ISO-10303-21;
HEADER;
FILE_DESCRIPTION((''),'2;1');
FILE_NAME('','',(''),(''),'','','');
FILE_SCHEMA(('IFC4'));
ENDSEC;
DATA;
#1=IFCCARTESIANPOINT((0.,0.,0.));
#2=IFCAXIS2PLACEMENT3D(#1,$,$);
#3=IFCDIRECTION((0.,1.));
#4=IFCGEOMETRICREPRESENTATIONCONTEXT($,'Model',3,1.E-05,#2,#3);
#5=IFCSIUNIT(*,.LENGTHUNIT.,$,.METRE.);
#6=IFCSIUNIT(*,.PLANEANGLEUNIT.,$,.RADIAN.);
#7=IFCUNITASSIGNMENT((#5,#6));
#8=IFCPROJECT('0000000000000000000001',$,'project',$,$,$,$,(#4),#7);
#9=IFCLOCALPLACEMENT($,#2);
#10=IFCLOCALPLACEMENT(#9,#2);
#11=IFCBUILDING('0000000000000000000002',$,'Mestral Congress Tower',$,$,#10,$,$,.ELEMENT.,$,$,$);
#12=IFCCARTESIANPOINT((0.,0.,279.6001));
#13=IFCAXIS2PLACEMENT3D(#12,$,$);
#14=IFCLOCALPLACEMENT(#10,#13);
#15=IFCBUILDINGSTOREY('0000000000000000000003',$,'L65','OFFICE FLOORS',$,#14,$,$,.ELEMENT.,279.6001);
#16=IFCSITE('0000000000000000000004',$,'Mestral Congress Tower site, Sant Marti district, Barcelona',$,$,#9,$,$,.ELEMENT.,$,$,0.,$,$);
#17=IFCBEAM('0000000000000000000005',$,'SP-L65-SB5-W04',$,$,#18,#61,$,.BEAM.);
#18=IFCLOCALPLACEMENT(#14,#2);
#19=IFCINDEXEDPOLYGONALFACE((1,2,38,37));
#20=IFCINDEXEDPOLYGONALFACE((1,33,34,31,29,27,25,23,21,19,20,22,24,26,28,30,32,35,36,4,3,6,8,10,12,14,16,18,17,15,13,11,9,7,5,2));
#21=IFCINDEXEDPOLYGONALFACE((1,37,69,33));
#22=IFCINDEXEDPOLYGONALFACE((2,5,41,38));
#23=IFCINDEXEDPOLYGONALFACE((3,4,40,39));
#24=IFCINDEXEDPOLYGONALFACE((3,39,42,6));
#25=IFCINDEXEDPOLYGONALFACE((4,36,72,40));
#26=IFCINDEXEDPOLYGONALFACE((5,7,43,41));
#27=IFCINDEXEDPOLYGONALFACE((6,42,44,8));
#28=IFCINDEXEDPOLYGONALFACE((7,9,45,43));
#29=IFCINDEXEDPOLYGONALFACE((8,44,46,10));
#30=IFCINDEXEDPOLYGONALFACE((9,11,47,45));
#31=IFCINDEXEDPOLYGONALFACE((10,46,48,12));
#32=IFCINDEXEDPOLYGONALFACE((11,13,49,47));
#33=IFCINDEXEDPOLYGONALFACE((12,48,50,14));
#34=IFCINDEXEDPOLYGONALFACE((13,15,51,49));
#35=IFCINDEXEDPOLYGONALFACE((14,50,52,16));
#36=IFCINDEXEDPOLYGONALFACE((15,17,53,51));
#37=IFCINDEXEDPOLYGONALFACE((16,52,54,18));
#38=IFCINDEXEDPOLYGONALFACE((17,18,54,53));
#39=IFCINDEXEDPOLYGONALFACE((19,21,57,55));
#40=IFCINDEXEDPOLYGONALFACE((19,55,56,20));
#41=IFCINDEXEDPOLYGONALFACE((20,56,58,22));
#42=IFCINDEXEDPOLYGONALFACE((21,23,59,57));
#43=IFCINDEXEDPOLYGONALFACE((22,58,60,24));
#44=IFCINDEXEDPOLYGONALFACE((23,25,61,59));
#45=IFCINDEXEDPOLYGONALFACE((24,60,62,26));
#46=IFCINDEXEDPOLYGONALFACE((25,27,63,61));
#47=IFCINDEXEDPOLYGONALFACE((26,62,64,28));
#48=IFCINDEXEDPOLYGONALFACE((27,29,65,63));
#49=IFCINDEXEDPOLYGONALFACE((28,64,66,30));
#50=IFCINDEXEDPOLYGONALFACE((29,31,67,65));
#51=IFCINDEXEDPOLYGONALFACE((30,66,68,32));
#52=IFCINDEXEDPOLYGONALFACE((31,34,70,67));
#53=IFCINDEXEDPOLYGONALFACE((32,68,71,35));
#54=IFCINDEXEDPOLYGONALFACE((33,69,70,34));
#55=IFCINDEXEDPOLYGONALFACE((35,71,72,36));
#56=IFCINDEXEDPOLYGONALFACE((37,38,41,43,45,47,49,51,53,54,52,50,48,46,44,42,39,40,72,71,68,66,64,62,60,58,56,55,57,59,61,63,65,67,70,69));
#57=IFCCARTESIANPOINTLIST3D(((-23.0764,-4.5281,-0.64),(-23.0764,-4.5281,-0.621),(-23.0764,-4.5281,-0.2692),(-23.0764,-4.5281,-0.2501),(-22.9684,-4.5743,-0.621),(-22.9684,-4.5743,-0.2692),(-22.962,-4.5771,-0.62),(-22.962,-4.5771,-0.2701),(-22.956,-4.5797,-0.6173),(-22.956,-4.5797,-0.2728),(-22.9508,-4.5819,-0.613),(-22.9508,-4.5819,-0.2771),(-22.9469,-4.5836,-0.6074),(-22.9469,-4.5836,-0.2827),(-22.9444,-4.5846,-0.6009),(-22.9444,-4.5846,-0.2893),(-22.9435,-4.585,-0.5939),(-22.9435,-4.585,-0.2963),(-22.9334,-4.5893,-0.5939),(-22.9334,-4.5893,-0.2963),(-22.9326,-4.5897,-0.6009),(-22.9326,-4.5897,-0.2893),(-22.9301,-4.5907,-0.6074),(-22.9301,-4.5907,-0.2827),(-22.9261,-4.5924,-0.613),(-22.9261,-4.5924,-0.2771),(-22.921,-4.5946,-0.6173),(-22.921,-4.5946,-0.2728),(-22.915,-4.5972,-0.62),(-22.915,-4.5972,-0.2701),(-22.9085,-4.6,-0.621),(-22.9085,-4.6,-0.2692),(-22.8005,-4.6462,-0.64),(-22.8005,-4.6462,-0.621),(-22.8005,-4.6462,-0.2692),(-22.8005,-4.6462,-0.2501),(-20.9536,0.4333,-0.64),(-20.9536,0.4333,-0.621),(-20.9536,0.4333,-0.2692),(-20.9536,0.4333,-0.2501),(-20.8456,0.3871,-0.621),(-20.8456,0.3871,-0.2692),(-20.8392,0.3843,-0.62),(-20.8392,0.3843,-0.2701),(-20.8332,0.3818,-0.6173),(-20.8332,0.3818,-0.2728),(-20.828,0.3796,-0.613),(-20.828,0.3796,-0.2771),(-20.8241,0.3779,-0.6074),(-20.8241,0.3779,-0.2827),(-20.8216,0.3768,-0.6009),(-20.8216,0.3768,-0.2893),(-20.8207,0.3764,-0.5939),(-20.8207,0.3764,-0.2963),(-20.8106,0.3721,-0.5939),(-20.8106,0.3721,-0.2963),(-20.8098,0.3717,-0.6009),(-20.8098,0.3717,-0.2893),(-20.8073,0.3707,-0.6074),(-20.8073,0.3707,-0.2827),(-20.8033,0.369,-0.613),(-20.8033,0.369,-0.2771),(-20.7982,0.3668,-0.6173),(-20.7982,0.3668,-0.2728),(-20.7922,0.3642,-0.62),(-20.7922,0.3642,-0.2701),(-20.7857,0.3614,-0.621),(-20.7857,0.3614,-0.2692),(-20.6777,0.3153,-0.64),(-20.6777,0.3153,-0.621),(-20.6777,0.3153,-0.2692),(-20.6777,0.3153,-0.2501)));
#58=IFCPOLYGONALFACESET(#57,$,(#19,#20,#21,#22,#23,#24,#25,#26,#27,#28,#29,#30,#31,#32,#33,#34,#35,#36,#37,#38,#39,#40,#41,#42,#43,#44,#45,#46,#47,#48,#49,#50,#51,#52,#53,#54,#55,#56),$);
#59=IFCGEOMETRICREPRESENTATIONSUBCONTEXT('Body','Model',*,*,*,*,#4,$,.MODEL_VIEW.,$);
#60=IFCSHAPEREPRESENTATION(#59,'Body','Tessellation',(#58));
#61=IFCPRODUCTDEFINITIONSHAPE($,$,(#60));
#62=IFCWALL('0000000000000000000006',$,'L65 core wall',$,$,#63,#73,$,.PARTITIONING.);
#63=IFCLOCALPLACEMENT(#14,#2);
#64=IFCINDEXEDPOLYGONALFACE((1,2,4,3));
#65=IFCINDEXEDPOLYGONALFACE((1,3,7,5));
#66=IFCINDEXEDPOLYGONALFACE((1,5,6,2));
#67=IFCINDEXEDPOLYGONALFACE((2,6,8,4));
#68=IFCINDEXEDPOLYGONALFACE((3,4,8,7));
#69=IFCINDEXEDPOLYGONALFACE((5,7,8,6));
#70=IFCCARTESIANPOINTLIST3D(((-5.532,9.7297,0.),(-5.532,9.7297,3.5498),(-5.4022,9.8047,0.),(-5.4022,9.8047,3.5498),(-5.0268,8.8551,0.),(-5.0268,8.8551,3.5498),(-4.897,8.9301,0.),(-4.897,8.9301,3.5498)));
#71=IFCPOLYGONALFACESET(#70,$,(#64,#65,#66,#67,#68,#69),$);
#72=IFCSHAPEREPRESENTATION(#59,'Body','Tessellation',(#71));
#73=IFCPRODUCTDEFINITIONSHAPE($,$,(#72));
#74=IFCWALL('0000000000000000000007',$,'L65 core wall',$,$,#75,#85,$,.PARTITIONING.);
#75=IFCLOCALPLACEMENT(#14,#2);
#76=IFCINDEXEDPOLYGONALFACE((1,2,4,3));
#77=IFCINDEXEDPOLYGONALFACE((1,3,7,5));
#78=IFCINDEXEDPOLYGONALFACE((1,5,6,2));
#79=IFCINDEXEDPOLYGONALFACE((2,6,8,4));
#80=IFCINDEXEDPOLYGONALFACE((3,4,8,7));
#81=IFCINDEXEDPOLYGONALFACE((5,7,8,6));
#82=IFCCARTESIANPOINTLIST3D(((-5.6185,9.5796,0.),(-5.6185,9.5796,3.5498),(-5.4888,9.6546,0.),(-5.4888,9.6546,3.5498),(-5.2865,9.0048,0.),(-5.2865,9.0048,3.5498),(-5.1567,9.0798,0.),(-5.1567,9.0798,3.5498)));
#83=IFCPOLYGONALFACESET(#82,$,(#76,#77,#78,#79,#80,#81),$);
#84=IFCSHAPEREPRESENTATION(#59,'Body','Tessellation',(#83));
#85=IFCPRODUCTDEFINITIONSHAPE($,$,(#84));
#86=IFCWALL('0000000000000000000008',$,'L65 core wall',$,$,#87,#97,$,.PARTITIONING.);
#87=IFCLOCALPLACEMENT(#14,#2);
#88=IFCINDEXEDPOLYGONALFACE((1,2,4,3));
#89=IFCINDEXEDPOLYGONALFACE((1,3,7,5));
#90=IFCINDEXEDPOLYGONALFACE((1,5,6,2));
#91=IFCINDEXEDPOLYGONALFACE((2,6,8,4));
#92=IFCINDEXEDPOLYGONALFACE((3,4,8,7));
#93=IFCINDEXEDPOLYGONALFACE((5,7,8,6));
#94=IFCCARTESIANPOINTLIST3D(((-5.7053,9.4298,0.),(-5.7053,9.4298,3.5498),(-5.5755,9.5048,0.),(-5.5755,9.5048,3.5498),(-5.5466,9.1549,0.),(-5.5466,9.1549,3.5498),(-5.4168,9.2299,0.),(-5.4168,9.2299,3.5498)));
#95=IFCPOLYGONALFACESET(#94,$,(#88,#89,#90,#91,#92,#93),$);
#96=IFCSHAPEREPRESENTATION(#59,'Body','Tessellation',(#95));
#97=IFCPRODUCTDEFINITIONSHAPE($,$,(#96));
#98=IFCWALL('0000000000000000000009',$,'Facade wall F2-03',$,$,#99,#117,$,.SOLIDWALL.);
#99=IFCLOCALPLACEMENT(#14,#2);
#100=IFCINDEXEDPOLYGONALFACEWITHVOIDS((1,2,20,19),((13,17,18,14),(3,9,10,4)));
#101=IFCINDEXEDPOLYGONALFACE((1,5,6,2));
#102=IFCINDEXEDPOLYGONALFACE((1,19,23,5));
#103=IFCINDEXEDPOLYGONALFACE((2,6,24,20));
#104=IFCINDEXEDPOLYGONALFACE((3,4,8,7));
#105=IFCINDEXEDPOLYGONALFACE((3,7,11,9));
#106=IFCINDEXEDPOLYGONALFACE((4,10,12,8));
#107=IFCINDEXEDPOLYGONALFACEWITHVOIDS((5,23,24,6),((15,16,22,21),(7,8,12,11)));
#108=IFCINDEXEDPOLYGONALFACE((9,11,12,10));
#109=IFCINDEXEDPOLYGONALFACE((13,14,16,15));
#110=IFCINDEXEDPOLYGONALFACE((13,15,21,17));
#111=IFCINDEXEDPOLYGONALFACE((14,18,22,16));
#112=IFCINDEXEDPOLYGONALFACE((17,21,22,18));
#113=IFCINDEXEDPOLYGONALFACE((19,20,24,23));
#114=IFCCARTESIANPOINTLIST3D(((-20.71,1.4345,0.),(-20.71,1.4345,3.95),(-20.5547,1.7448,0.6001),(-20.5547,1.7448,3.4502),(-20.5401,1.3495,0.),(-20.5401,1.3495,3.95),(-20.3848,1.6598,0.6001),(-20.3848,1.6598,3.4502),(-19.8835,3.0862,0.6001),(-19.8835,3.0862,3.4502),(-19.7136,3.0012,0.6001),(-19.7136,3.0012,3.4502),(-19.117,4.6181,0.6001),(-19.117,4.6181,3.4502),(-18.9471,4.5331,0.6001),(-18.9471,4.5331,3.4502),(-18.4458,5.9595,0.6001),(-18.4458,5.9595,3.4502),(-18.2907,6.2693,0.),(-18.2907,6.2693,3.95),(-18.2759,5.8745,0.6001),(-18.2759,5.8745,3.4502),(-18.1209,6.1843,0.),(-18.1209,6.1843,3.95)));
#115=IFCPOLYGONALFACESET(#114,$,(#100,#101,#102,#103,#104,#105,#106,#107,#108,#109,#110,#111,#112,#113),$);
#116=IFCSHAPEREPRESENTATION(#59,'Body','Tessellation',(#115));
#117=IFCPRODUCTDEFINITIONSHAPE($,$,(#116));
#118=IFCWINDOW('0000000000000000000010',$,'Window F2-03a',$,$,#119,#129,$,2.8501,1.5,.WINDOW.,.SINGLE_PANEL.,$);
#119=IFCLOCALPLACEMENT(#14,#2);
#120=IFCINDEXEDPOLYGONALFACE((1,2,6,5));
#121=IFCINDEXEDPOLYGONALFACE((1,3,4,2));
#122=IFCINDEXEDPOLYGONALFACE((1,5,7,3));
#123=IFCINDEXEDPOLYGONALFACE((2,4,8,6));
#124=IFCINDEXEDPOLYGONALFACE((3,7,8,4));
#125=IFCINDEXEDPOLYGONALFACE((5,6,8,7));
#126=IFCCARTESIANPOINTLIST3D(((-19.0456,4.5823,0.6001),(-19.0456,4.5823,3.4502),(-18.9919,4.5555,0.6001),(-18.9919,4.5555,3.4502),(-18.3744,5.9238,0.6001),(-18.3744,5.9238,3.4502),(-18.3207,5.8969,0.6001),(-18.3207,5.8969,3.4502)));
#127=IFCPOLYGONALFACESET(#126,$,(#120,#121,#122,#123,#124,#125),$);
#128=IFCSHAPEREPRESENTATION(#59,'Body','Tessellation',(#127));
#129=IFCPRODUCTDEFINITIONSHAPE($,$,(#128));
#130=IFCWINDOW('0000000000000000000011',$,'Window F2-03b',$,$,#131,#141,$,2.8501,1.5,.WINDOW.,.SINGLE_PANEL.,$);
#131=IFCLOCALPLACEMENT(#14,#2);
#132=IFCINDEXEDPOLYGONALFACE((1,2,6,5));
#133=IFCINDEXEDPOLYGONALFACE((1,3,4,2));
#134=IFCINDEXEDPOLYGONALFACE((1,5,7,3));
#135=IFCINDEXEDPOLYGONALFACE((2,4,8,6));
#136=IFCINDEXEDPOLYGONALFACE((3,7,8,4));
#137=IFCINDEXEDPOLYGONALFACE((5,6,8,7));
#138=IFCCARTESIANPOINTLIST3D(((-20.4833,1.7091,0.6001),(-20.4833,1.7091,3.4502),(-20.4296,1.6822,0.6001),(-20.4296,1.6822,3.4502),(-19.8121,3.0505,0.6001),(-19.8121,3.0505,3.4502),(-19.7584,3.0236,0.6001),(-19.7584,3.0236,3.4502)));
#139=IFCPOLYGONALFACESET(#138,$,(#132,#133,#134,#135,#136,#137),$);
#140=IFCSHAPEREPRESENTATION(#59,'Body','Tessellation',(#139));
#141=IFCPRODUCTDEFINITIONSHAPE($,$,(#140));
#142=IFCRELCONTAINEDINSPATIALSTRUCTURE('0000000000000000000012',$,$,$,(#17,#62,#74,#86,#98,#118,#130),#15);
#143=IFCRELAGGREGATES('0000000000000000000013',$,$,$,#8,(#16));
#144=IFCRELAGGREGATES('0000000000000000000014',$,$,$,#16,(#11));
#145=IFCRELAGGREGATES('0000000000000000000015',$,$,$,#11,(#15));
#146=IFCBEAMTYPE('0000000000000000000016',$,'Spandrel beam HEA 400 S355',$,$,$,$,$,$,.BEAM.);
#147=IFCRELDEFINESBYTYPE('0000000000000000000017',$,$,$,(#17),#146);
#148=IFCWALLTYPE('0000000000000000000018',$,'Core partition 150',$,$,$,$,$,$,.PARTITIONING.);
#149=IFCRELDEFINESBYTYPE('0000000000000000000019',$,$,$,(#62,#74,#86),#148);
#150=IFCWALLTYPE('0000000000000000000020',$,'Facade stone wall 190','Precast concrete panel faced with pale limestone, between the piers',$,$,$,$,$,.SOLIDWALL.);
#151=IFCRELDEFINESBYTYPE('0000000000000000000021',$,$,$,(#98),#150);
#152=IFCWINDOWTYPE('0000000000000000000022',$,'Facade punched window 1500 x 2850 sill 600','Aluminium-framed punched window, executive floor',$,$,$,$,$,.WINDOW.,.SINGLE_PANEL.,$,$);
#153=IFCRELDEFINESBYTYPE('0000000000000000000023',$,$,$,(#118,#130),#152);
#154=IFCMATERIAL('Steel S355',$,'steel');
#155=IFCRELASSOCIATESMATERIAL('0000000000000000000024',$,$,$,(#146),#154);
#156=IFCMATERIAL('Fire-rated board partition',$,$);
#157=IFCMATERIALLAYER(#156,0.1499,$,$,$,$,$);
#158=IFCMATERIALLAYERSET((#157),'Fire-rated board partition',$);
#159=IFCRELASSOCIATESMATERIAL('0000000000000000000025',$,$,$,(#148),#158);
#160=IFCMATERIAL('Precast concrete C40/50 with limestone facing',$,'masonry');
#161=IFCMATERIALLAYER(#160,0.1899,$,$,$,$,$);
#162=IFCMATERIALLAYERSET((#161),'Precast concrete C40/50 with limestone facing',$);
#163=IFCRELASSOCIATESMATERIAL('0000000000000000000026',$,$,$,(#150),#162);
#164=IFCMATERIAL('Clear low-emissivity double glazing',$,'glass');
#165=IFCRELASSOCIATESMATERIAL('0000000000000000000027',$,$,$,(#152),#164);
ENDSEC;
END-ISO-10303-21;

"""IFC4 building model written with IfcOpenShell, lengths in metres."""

from ifc_helpers import new_model, si_unit, direction, frame, frame_2d, origin, origin_2d, place, context, subcontext, project, spatial, rectangle, i_section, extrude, material, layer, layer_set, material_profile, profile_set, type_object, element, fill, save


model = new_model("IFC4")

# Units and contexts
model_context = context("Model", 3, precision=1e-05, world=origin(), true_north=direction((0.0, 1.0)))
body_context = subcontext(model_context, "Body", "Model", "MODEL_VIEW")
ifc_project = project(units=[si_unit("LENGTHUNIT", "METRE"), si_unit("PLANEANGLEUNIT", "RADIAN")], contexts=[model_context])

# Site, building, storey
site_placement = place(None, origin())
site = spatial("IfcSite", under=ifc_project, at=site_placement, Name="Mestral Congress Tower site, Sant Marti district, Barcelona", CompositionType="ELEMENT", RefElevation=0.0)
building_placement = place(site_placement, origin())
building = spatial("IfcBuilding", under=site, at=building_placement, Name="Mestral Congress Tower", CompositionType="ELEMENT")
storey_placement = place(building_placement, frame((0.0, 0.0, 279.6001)))
storey = spatial("IfcBuildingStorey", under=building, at=storey_placement, Name="L65", Description="OFFICE FLOORS", CompositionType="ELEMENT", Elevation=279.6001)

# Beam
ifc_material_1 = material(Name="Steel S355", Category="steel")
ifc_material_profile_1 = material_profile(ifc_material_1, i_section(OverallWidth=0.3, OverallDepth=0.3899, WebThickness=0.011, FlangeThickness=0.019, FilletRadius=0.0271, at=origin_2d()), Name="HEA 400")
ifc_profile_set_1 = profile_set([ifc_material_profile_1], Name="Steel S355")
beam_type_1 = type_object("IfcBeamType", Name="Spandrel beam HEA 400 S355", PredefinedType="BEAM", material=ifc_profile_set_1)
beam_1_placement = place(storey_placement, frame((-20.8157, 0.3743, -0.4451), z_axis=(-0.393368, -0.919381, 0.0), x_axis=(0.919381, -0.393368, 0.0)))
element("IfcBeam", 1, at=beam_1_placement, inside=storey, type_object=beam_type_1, Name="SP-L65-SB5-W04", PredefinedType="BEAM", context=body_context, shape_type="SweptSolid", body=[
    extrude(i_section(OverallWidth=0.3, OverallDepth=0.3899, WebThickness=0.011, FlangeThickness=0.019, FilletRadius=0.0271, at=origin_2d()), origin(), (0.0, 0.0, 1.0), 5.3965),
])

# Walls
ifc_material_2 = material(Name="Fire-rated board partition")
ifc_layer_1 = layer(ifc_material_2, 0.1499)
ifc_layer_set_1 = layer_set([ifc_layer_1], Name="Fire-rated board partition")
wall_type_1 = type_object("IfcWallType", Name="Core partition 150", PredefinedType="PARTITIONING", material=ifc_layer_set_1)
wall_1_placement = place(storey_placement, frame((-5.467, 9.7671, 0.0), z_axis=(0.0, 0.0, 1.0), x_axis=(0.500169, -0.865928, 0.0)))
element("IfcWall", 2, at=wall_1_placement, inside=storey, type_object=wall_type_1, Name="L65 core wall", PredefinedType="PARTITIONING", context=body_context, shape_type="SweptSolid", body=[
    extrude(rectangle(XDim=1.01, YDim=0.1499, at=frame_2d((0.5049, 0.0))), origin(), (0.0, 0.0, 1.0), 3.5498),
])
wall_2_placement = place(storey_placement, frame((-5.5537, 9.6172, 0.0), z_axis=(0.0, 0.0, 1.0), x_axis=(0.500253, -0.865879, 0.0)))
element("IfcWall", 3, at=wall_2_placement, inside=storey, type_object=wall_type_1, Name="L65 core wall", PredefinedType="PARTITIONING", context=body_context, shape_type="SweptSolid", body=[
    extrude(rectangle(XDim=0.6638, YDim=0.1499, at=frame_2d((0.332, 0.0))), origin(), (0.0, 0.0, 1.0), 3.5498),
])
wall_3_placement = place(storey_placement, frame((-5.6404, 9.4673, 0.0), z_axis=(0.0, 0.0, 1.0), x_axis=(0.499944, -0.866058, 0.0)))
element("IfcWall", 4, at=wall_3_placement, inside=storey, type_object=wall_type_1, Name="L65 core wall", PredefinedType="PARTITIONING", context=body_context, shape_type="SweptSolid", body=[
    extrude(rectangle(XDim=0.3174, YDim=0.1499, at=frame_2d((0.1587, 0.0))), origin(), (0.0, 0.0, 1.0), 3.5498),
])

# Wall, openings, windows
ifc_material_3 = material(Name="Precast concrete C40/50 with limestone facing", Category="masonry")
ifc_layer_2 = layer(ifc_material_3, 0.1899)
ifc_layer_set_2 = layer_set([ifc_layer_2], Name="Precast concrete C40/50 with limestone facing")
wall_type_2 = type_object("IfcWallType", Name="Facade stone wall 190", Description="Precast concrete panel faced with pale limestone, between the piers", PredefinedType="SOLIDWALL", material=ifc_layer_set_2)
wall_4_placement = place(storey_placement, frame((-18.2058, 6.2268, 0.0), z_axis=(0.0, 0.0, 1.0), x_axis=(-0.447485, -0.894292, 0.0)))
wall_4 = element("IfcWall", 5, at=wall_4_placement, inside=storey, type_object=wall_type_2, Name="Facade wall F2-03", PredefinedType="SOLIDWALL", context=body_context, shape_type="SweptSolid", body=[
    extrude(rectangle(XDim=5.4062, YDim=0.1899, at=frame_2d((2.7031, 0.0))), origin(), (0.0, 0.0, 1.0), 3.95),
])
opening_1_placement = place(wall_4_placement, frame((0.3464, 0.0, 0.6001)))
opening_1 = element("IfcOpeningElement", 6, at=opening_1_placement, cuts=wall_4, PredefinedType="OPENING", context=body_context, shape_type="SweptSolid", body=[
    extrude(rectangle(XDim=1.5, YDim=2.8501, at=frame_2d((0.75, 1.425))), frame((0.0, 0.105, 0.0), z_axis=(0.0, -1.0, 0.0), x_axis=(1.0, 0.0, 0.0)), (0.0, 0.0, 1.0), 0.21),
])
opening_2_placement = place(wall_4_placement, frame((3.5593, 0.0, 0.6001)))
opening_2 = element("IfcOpeningElement", 7, at=opening_2_placement, cuts=wall_4, PredefinedType="OPENING", context=body_context, shape_type="SweptSolid", body=[
    extrude(rectangle(XDim=1.5, YDim=2.8501, at=frame_2d((0.75, 1.425))), frame((0.0, 0.105, 0.0), z_axis=(0.0, -1.0, 0.0), x_axis=(1.0, 0.0, 0.0)), (0.0, 0.0, 1.0), 0.21),
])
ifc_material_4 = material(Name="Clear low-emissivity double glazing", Category="glass")
window_type = type_object("IfcWindowType", Name="Facade punched window 1500 x 2850 sill 600", Description="Aluminium-framed punched window, executive floor", PartitioningType="SINGLE_PANEL", PredefinedType="WINDOW", material=ifc_material_4)
window_1_placement = place(opening_1_placement, origin())
window_1 = element("IfcWindow", 8, at=window_1_placement, inside=storey, type_object=window_type, Name="Window F2-03a", OverallHeight=2.8501, OverallWidth=1.5, PartitioningType="SINGLE_PANEL", PredefinedType="WINDOW", context=body_context, shape_type="SweptSolid", body=[
    extrude(rectangle(XDim=1.5, YDim=2.8501, at=frame_2d((0.75, 1.425))), frame((0.0, 0.0449, 0.0), z_axis=(0.0, -1.0, 0.0), x_axis=(1.0, 0.0, 0.0)), (0.0, 0.0, 1.0), 0.0601),
])
fill(opening_1, window_1)
window_2_placement = place(opening_2_placement, origin())
window_2 = element("IfcWindow", 9, at=window_2_placement, inside=storey, type_object=window_type, Name="Window F2-03b", OverallHeight=2.8501, OverallWidth=1.5, PartitioningType="SINGLE_PANEL", PredefinedType="WINDOW", context=body_context, shape_type="SweptSolid", body=[
    extrude(rectangle(XDim=1.5, YDim=2.8501, at=frame_2d((0.75, 1.425))), frame((0.0, 0.0449, 0.0), z_axis=(0.0, -1.0, 0.0), x_axis=(1.0, 0.0, 0.0)), (0.0, 0.0, 1.0), 0.0601),
])
fill(opening_2, window_2)

save(model, "model.ifc")
